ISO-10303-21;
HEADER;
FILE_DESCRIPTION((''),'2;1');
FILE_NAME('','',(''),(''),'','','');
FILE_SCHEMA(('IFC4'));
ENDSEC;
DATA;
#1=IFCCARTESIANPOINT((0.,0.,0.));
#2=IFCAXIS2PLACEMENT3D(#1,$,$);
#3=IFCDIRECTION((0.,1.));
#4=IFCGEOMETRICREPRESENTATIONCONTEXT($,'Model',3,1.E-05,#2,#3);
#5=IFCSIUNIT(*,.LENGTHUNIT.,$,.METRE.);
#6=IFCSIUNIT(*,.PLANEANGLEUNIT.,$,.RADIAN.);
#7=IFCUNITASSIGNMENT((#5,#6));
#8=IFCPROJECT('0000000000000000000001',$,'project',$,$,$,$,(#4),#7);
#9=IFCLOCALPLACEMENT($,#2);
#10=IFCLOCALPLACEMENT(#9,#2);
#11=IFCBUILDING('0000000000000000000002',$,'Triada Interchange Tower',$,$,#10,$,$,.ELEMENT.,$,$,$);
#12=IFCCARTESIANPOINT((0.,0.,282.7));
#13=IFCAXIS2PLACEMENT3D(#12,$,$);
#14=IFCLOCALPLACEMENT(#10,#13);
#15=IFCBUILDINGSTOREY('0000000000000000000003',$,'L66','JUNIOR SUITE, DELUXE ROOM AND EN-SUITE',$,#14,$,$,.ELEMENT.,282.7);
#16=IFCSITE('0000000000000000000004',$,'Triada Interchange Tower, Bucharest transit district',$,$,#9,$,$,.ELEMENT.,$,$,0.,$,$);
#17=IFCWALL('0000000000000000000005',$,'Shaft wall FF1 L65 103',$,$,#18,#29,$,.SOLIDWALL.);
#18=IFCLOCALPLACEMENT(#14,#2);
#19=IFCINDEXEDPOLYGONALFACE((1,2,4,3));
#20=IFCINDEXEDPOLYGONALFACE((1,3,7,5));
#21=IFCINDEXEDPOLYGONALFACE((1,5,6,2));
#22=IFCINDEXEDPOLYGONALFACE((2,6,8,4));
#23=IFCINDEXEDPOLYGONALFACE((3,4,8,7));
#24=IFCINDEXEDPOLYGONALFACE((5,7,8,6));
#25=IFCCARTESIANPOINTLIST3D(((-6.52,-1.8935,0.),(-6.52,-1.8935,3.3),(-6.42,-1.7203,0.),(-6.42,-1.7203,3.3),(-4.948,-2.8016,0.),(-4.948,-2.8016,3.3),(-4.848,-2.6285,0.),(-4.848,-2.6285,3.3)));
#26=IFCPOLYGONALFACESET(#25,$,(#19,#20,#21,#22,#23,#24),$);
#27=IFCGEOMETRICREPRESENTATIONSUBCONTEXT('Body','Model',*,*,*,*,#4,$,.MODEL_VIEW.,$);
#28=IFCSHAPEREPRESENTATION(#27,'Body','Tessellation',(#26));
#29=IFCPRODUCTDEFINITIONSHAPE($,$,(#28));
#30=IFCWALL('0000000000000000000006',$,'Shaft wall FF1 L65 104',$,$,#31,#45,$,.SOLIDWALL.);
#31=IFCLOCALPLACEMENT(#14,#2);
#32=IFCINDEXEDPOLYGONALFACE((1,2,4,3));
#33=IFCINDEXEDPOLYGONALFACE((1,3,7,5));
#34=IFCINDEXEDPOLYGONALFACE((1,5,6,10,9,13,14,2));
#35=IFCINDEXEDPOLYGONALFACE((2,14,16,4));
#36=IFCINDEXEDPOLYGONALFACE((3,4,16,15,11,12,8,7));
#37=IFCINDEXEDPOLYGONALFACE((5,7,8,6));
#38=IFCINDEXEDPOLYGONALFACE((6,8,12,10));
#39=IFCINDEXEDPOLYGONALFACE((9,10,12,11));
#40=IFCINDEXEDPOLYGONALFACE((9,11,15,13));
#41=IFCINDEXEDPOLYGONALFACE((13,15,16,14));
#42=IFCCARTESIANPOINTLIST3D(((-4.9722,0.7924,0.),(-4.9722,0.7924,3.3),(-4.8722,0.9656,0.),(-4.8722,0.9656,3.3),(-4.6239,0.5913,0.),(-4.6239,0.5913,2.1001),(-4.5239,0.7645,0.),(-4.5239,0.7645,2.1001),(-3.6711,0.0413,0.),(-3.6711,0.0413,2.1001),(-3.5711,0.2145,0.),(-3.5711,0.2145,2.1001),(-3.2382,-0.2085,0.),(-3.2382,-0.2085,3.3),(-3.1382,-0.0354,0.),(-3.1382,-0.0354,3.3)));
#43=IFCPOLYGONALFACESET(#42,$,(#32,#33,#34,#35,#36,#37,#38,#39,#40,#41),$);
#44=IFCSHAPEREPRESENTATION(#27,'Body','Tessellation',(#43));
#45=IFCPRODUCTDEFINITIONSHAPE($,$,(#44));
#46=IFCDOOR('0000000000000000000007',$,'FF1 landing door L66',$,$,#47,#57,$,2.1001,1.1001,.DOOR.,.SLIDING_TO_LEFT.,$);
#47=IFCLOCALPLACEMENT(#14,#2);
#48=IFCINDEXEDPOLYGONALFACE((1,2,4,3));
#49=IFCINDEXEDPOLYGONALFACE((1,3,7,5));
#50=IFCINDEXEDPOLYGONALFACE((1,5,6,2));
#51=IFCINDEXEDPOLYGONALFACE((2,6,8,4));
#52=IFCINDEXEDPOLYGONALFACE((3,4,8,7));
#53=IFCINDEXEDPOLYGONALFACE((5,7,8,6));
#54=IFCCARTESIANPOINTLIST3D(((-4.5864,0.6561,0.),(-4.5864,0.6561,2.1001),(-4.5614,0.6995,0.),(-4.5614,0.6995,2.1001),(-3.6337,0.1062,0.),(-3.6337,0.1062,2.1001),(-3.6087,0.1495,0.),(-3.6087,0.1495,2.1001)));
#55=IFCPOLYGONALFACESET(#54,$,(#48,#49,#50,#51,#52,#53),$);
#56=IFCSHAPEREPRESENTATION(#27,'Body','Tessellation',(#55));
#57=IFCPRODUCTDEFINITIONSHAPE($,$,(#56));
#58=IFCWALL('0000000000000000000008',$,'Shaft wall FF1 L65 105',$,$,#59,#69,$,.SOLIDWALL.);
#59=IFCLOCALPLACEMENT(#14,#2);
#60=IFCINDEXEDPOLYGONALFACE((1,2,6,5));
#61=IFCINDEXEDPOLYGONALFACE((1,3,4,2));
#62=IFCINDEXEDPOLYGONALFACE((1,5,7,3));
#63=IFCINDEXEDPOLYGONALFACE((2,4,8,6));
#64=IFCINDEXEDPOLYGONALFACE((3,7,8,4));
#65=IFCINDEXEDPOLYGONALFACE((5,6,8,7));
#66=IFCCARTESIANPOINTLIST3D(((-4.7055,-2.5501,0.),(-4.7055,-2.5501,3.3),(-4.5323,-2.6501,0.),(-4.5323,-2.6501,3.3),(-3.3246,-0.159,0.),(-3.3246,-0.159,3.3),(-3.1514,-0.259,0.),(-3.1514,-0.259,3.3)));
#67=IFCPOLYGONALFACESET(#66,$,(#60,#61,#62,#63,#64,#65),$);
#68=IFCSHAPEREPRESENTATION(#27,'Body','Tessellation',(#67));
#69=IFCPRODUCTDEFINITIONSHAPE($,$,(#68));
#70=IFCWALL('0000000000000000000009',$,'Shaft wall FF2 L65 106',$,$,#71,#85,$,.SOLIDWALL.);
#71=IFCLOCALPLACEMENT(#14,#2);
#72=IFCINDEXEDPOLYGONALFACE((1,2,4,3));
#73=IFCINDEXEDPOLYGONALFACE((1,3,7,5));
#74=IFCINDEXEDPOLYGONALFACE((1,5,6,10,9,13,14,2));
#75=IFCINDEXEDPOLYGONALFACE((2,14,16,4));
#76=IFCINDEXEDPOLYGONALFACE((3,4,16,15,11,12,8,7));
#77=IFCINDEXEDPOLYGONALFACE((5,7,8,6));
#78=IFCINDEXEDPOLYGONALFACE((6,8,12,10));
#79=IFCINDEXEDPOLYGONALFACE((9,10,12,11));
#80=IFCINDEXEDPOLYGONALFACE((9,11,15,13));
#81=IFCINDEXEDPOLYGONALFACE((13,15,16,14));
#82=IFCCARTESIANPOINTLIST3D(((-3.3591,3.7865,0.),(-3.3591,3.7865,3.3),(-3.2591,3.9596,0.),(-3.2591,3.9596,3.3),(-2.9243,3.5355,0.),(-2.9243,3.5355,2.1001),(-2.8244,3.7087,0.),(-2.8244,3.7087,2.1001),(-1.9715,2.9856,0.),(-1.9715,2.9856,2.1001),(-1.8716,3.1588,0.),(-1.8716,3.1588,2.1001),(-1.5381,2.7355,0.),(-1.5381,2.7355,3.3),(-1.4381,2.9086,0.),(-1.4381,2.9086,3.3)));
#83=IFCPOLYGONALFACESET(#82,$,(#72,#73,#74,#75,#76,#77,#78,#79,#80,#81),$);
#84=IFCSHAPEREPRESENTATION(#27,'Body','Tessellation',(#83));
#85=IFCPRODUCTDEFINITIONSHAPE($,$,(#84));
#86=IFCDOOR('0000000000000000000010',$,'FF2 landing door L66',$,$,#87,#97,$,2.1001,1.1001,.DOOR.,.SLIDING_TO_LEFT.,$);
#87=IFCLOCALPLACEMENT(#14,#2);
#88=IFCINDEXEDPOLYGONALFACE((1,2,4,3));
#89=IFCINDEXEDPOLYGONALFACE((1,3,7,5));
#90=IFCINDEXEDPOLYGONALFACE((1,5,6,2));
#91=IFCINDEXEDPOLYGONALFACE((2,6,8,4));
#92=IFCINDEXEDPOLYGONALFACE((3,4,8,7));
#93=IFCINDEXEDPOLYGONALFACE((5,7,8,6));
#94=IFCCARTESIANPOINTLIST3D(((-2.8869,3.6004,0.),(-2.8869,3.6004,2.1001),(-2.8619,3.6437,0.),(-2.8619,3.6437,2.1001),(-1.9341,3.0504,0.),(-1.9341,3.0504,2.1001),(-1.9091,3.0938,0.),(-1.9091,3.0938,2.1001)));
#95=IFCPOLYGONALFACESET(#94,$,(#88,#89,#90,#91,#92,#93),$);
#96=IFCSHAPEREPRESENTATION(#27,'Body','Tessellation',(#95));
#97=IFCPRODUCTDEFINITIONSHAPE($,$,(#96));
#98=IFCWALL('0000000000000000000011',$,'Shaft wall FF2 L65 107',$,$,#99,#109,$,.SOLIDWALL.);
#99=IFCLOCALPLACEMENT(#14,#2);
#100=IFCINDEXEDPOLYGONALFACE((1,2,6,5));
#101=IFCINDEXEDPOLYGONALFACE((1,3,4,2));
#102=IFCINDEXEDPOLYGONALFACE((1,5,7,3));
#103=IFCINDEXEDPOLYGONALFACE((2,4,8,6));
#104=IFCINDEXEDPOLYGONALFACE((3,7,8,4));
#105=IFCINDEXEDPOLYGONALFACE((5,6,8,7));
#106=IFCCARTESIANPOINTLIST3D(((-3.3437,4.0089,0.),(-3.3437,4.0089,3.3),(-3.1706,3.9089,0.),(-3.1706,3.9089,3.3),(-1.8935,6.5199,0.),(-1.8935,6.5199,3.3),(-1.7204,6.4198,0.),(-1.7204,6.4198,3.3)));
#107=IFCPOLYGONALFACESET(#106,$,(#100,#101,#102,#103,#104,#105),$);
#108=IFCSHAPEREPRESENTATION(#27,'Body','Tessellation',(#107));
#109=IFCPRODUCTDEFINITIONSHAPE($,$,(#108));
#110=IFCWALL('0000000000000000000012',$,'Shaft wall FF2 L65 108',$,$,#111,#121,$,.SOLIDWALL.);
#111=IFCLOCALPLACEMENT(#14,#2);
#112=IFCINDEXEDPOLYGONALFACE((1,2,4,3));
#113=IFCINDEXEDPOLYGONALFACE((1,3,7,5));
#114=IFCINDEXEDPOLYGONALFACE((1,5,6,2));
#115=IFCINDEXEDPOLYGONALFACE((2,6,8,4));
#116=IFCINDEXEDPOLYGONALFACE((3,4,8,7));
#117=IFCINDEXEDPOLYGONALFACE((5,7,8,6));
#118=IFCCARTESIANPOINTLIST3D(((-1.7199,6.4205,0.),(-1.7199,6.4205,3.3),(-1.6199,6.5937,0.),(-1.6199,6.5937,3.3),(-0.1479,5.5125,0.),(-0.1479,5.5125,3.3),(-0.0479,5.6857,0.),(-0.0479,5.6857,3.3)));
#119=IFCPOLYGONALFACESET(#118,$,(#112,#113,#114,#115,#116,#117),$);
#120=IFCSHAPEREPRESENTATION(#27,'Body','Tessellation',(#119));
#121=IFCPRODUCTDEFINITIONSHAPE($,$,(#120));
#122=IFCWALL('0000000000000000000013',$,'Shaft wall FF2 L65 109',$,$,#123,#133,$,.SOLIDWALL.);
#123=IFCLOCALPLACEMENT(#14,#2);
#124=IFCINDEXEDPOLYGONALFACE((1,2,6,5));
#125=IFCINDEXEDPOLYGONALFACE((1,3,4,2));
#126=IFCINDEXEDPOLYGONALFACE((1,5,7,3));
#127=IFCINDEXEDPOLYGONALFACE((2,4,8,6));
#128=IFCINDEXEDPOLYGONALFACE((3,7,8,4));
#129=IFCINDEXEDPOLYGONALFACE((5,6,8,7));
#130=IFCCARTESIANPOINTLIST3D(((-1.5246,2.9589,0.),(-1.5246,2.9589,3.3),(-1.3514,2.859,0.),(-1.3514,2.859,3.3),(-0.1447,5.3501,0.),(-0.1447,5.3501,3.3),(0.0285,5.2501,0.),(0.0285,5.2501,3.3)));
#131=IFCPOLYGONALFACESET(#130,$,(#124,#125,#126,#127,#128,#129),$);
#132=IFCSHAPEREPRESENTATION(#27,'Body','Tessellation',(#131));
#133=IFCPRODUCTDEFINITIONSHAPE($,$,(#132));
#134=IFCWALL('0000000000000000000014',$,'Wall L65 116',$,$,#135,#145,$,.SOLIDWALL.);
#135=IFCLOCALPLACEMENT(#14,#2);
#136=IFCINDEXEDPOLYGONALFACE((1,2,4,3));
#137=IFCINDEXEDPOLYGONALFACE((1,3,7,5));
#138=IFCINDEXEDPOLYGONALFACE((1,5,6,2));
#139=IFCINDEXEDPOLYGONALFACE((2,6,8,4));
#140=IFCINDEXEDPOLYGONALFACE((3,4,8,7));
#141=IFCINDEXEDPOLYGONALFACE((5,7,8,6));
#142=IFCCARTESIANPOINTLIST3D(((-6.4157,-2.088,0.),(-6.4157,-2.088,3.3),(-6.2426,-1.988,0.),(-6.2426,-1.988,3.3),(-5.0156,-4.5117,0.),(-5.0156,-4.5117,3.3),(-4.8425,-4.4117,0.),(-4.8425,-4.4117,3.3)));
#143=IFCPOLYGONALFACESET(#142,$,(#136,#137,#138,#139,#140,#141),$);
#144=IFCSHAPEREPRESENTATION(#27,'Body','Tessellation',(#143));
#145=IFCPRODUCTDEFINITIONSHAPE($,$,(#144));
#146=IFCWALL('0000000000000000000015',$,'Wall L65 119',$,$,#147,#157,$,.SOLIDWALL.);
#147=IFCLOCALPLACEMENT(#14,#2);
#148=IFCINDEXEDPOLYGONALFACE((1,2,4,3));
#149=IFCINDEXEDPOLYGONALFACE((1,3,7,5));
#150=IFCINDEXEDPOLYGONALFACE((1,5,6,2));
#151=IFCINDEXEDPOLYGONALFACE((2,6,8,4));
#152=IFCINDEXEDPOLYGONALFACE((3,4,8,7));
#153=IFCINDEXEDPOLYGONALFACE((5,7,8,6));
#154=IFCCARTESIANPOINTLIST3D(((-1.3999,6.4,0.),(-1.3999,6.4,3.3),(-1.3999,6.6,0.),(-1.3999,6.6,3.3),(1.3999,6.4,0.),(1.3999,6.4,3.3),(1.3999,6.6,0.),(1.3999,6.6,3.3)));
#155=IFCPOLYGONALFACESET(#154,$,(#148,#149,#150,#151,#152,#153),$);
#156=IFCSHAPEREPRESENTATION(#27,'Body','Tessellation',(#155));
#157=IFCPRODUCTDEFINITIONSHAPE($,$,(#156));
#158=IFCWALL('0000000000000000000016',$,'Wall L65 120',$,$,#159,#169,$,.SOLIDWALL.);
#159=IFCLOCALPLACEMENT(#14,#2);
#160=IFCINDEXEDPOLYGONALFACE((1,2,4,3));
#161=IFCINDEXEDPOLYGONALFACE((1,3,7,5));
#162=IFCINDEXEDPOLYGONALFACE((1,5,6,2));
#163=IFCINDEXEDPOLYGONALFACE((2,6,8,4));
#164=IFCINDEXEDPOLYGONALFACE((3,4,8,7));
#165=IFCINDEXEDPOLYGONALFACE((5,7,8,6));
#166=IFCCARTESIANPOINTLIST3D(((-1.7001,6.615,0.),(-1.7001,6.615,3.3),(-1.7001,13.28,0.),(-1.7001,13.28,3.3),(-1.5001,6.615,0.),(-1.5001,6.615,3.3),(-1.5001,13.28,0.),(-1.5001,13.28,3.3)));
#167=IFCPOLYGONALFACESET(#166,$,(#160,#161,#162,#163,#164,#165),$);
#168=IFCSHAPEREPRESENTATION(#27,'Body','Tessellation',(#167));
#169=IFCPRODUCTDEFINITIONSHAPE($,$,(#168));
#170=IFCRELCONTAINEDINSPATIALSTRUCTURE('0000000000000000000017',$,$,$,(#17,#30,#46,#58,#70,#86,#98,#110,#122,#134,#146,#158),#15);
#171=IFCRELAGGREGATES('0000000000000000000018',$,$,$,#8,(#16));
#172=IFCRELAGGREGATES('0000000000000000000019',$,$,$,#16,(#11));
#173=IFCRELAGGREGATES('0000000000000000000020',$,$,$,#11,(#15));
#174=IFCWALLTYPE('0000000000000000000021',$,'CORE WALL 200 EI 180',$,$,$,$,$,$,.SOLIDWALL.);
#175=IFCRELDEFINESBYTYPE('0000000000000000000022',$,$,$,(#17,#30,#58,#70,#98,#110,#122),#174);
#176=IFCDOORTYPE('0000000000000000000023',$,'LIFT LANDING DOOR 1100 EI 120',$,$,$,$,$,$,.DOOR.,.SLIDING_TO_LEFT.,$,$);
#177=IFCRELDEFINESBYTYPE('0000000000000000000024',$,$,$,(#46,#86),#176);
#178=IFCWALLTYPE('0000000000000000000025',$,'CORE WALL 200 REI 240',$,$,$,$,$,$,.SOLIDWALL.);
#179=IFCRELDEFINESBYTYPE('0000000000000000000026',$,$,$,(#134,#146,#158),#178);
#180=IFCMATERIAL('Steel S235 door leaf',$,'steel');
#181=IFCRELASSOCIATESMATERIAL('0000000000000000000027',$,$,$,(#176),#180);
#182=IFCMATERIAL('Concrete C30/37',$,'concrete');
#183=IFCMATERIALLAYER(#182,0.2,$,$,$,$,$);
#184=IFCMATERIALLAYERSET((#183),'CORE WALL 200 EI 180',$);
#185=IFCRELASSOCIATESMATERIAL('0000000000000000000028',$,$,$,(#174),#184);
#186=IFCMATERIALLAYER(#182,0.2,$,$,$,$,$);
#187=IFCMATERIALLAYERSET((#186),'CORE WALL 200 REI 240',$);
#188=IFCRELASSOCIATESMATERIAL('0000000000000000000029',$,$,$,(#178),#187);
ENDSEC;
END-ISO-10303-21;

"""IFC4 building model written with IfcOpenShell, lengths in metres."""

from ifc_helpers import new_model, si_unit, direction, frame, frame_2d, origin, place, context, subcontext, project, spatial, rectangle, extrude, material, layer, layer_set, type_object, element, fill, save


model = new_model("IFC4")

# Units and contexts
model_context = context("Model", 3, precision=1e-05, world=origin(), true_north=direction((0.0, 1.0)))
body_context = subcontext(model_context, "Body", "Model", "MODEL_VIEW")
ifc_project = project(units=[si_unit("LENGTHUNIT", "METRE"), si_unit("PLANEANGLEUNIT", "RADIAN")], contexts=[model_context])

# Site, building, storey
site_placement = place(None, origin())
site = spatial("IfcSite", under=ifc_project, at=site_placement, Name="Triada Interchange Tower, Bucharest transit district", CompositionType="ELEMENT", RefElevation=0.0)
building_placement = place(site_placement, origin())
building = spatial("IfcBuilding", under=site, at=building_placement, Name="Triada Interchange Tower", CompositionType="ELEMENT")
storey_placement = place(building_placement, frame((0.0, 0.0, 282.7)))
storey = spatial("IfcBuildingStorey", under=building, at=storey_placement, Name="L66", Description="JUNIOR SUITE, DELUXE ROOM AND EN-SUITE", CompositionType="ELEMENT", Elevation=282.7)

# Shared definitions
ifc_material_1 = material(Name="Concrete C30/37", Category="concrete")
ifc_material_2 = material(Name="Steel S235 door leaf", Category="steel")
door_type_1 = type_object("IfcDoorType", Name="LIFT LANDING DOOR 1100 EI 120", OperationType="SLIDING_TO_LEFT", PredefinedType="DOOR", material=ifc_material_2)

# Shared definitions
ifc_layer_1 = layer(ifc_material_1, 0.2)
ifc_layer_set_1 = layer_set([ifc_layer_1], Name="CORE WALL 200 EI 180")
wall_type_1 = type_object("IfcWallType", Name="CORE WALL 200 EI 180", PredefinedType="SOLIDWALL", material=ifc_layer_set_1)

# Wall
wall_1_placement = place(storey_placement, frame((-6.47, -1.8069, 0.0), z_axis=(0.0, 0.0, 1.0), x_axis=(0.865883, -0.500246, 0.0)))
element("IfcWall", 1, at=wall_1_placement, inside=storey, type_object=wall_type_1, Name="Shaft wall FF1 L65 103", PredefinedType="SOLIDWALL", context=body_context, shape_type="SweptSolid", body=[
    extrude(rectangle(XDim=1.8154, YDim=0.2, at=frame_2d((0.9077, 0.0))), origin(), (0.0, 0.0, 1.0), 3.3),
])

# Wall, opening, door
wall_2_placement = place(storey_placement, frame((-4.9221, 0.8789, 0.0), z_axis=(0.0, 0.0, 1.0), x_axis=(0.866074, -0.499916, 0.0)))
wall_2 = element("IfcWall", 2, at=wall_2_placement, inside=storey, type_object=wall_type_1, Name="Shaft wall FF1 L65 104", PredefinedType="SOLIDWALL", context=body_context, shape_type="SweptSolid", body=[
    extrude(rectangle(XDim=2.0022, YDim=0.2, at=frame_2d((1.001, 0.0))), origin(), (0.0, 0.0, 1.0), 3.3),
])
opening_1_placement = place(wall_2_placement, frame((0.4021, 0.0, 0.0)))
opening_1 = element("IfcOpeningElement", 3, at=opening_1_placement, cuts=wall_2, PredefinedType="OPENING", context=body_context, shape_type="SweptSolid", body=[
    extrude(rectangle(XDim=1.1001, YDim=2.1001, at=frame_2d((0.55, 1.05))), frame((0.0, 0.1099, 0.0), z_axis=(0.0, -1.0, 0.0), x_axis=(1.0, 0.0, 0.0)), (0.0, 0.0, 1.0), 0.22),
])
door_1_placement = place(opening_1_placement, origin())
door_1 = element("IfcDoor", 4, at=door_1_placement, inside=storey, type_object=door_type_1, Name="FF1 landing door L66", OperationType="SLIDING_TO_LEFT", OverallHeight=2.1001, OverallWidth=1.1001, PredefinedType="DOOR", context=body_context, shape_type="SweptSolid", body=[
    extrude(rectangle(XDim=1.1001, YDim=2.1001, at=frame_2d((0.55, 1.05))), frame((0.0, 0.0249, 0.0), z_axis=(0.0, -1.0, 0.0), x_axis=(1.0, 0.0, 0.0)), (0.0, 0.0, 1.0), 0.05),
])
fill(opening_1, door_1)

# Wall
wall_3_placement = place(storey_placement, frame((-4.6189, -2.6001, 0.0), z_axis=(0.0, 0.0, 1.0), x_axis=(0.500095, 0.865971, 0.0)))
element("IfcWall", 5, at=wall_3_placement, inside=storey, type_object=wall_type_1, Name="Shaft wall FF1 L65 105", PredefinedType="SOLIDWALL", context=body_context, shape_type="SweptSolid", body=[
    extrude(rectangle(XDim=2.7612, YDim=0.2, at=frame_2d((1.3806, 0.0))), origin(), (0.0, 0.0, 1.0), 3.3),
])

# Wall, opening, door
wall_4_placement = place(storey_placement, frame((-3.3091, 3.873, 0.0), z_axis=(0.0, 0.0, 1.0), x_axis=(0.866099, -0.499873, 0.0)))
wall_4 = element("IfcWall", 6, at=wall_4_placement, inside=storey, type_object=wall_type_1, Name="Shaft wall FF2 L65 106", PredefinedType="SOLIDWALL", context=body_context, shape_type="SweptSolid", body=[
    extrude(rectangle(XDim=2.1025, YDim=0.2, at=frame_2d((1.0513, 0.0))), origin(), (0.0, 0.0, 1.0), 3.3),
])
opening_2_placement = place(wall_4_placement, frame((0.502, 0.0, 0.0)))
opening_2 = element("IfcOpeningElement", 7, at=opening_2_placement, cuts=wall_4, PredefinedType="OPENING", context=body_context, shape_type="SweptSolid", body=[
    extrude(rectangle(XDim=1.1001, YDim=2.1001, at=frame_2d((0.55, 1.05))), frame((0.0, 0.1099, 0.0), z_axis=(0.0, -1.0, 0.0), x_axis=(1.0, 0.0, 0.0)), (0.0, 0.0, 1.0), 0.22),
])
door_2_placement = place(opening_2_placement, origin())
door_2 = element("IfcDoor", 8, at=door_2_placement, inside=storey, type_object=door_type_1, Name="FF2 landing door L66", OperationType="SLIDING_TO_LEFT", OverallHeight=2.1001, OverallWidth=1.1001, PredefinedType="DOOR", context=body_context, shape_type="SweptSolid", body=[
    extrude(rectangle(XDim=1.1001, YDim=2.1001, at=frame_2d((0.55, 1.05))), frame((0.0, 0.0249, 0.0), z_axis=(0.0, -1.0, 0.0), x_axis=(1.0, 0.0, 0.0)), (0.0, 0.0, 1.0), 0.05),
])
fill(opening_2, door_2)

# Walls
wall_5_placement = place(storey_placement, frame((-3.2571, 3.959, 0.0), z_axis=(0.0, 0.0, 1.0), x_axis=(0.500123, 0.865954, 0.0)))
element("IfcWall", 9, at=wall_5_placement, inside=storey, type_object=wall_type_1, Name="Shaft wall FF2 L65 107", PredefinedType="SOLIDWALL", context=body_context, shape_type="SweptSolid", body=[
    extrude(rectangle(XDim=2.8997, YDim=0.2, at=frame_2d((1.4497, 0.0))), origin(), (0.0, 0.0, 1.0), 3.3),
])
wall_6_placement = place(storey_placement, frame((-1.6699, 6.5071, 0.0), z_axis=(0.0, 0.0, 1.0), x_axis=(0.865941, -0.500145, 0.0)))
element("IfcWall", 10, at=wall_6_placement, inside=storey, type_object=wall_type_1, Name="Shaft wall FF2 L65 108", PredefinedType="SOLIDWALL", context=body_context, shape_type="SweptSolid", body=[
    extrude(rectangle(XDim=1.8154, YDim=0.2, at=frame_2d((0.9077, 0.0))), origin(), (0.0, 0.0, 1.0), 3.3),
])
wall_7_placement = place(storey_placement, frame((-1.438, 2.9089, 0.0), z_axis=(0.0, 0.0, 1.0), x_axis=(0.49983, 0.866124, 0.0)))
element("IfcWall", 11, at=wall_7_placement, inside=storey, type_object=wall_type_1, Name="Shaft wall FF2 L65 109", PredefinedType="SOLIDWALL", context=body_context, shape_type="SweptSolid", body=[
    extrude(rectangle(XDim=2.7607, YDim=0.2, at=frame_2d((1.3804, 0.0))), origin(), (0.0, 0.0, 1.0), 3.3),
])
ifc_layer_2 = layer(ifc_material_1, 0.2)
ifc_layer_set_2 = layer_set([ifc_layer_2], Name="CORE WALL 200 REI 240")
wall_type_2 = type_object("IfcWallType", Name="CORE WALL 200 REI 240", PredefinedType="SOLIDWALL", material=ifc_layer_set_2)
wall_8_placement = place(storey_placement, frame((-6.3291, -2.0381, 0.0), z_axis=(0.0, 0.0, 1.0), x_axis=(0.500201, -0.86591, 0.0)))
element("IfcWall", 12, at=wall_8_placement, inside=storey, type_object=wall_type_2, Name="Wall L65 116", PredefinedType="SOLIDWALL", context=body_context, shape_type="SweptSolid", body=[
    extrude(rectangle(XDim=2.7991, YDim=0.2, at=frame_2d((1.3994, 0.0))), origin(), (0.0, 0.0, 1.0), 3.3),
])
wall_9_placement = place(storey_placement, frame((-1.3999, 6.5, 0.0), z_axis=(0.0, 0.0, 1.0), x_axis=(1.0, 0.0, 0.0)))
element("IfcWall", 13, at=wall_9_placement, inside=storey, type_object=wall_type_2, Name="Wall L65 119", PredefinedType="SOLIDWALL", context=body_context, shape_type="SweptSolid", body=[
    extrude(rectangle(XDim=2.7998, YDim=0.2, at=frame_2d((1.3999, 0.0))), origin(), (0.0, 0.0, 1.0), 3.3),
])
wall_10_placement = place(storey_placement, frame((-1.6001, 6.615, 0.0), z_axis=(0.0, 0.0, 1.0), x_axis=(0.0, 1.0, 0.0)))
element("IfcWall", 14, at=wall_10_placement, inside=storey, type_object=wall_type_2, Name="Wall L65 120", PredefinedType="SOLIDWALL", context=body_context, shape_type="SweptSolid", body=[
    extrude(rectangle(XDim=6.665, YDim=0.2, at=frame_2d((3.3325, 0.0))), origin(), (0.0, 0.0, 1.0), 3.3),
])

save(model, "model.ifc")
